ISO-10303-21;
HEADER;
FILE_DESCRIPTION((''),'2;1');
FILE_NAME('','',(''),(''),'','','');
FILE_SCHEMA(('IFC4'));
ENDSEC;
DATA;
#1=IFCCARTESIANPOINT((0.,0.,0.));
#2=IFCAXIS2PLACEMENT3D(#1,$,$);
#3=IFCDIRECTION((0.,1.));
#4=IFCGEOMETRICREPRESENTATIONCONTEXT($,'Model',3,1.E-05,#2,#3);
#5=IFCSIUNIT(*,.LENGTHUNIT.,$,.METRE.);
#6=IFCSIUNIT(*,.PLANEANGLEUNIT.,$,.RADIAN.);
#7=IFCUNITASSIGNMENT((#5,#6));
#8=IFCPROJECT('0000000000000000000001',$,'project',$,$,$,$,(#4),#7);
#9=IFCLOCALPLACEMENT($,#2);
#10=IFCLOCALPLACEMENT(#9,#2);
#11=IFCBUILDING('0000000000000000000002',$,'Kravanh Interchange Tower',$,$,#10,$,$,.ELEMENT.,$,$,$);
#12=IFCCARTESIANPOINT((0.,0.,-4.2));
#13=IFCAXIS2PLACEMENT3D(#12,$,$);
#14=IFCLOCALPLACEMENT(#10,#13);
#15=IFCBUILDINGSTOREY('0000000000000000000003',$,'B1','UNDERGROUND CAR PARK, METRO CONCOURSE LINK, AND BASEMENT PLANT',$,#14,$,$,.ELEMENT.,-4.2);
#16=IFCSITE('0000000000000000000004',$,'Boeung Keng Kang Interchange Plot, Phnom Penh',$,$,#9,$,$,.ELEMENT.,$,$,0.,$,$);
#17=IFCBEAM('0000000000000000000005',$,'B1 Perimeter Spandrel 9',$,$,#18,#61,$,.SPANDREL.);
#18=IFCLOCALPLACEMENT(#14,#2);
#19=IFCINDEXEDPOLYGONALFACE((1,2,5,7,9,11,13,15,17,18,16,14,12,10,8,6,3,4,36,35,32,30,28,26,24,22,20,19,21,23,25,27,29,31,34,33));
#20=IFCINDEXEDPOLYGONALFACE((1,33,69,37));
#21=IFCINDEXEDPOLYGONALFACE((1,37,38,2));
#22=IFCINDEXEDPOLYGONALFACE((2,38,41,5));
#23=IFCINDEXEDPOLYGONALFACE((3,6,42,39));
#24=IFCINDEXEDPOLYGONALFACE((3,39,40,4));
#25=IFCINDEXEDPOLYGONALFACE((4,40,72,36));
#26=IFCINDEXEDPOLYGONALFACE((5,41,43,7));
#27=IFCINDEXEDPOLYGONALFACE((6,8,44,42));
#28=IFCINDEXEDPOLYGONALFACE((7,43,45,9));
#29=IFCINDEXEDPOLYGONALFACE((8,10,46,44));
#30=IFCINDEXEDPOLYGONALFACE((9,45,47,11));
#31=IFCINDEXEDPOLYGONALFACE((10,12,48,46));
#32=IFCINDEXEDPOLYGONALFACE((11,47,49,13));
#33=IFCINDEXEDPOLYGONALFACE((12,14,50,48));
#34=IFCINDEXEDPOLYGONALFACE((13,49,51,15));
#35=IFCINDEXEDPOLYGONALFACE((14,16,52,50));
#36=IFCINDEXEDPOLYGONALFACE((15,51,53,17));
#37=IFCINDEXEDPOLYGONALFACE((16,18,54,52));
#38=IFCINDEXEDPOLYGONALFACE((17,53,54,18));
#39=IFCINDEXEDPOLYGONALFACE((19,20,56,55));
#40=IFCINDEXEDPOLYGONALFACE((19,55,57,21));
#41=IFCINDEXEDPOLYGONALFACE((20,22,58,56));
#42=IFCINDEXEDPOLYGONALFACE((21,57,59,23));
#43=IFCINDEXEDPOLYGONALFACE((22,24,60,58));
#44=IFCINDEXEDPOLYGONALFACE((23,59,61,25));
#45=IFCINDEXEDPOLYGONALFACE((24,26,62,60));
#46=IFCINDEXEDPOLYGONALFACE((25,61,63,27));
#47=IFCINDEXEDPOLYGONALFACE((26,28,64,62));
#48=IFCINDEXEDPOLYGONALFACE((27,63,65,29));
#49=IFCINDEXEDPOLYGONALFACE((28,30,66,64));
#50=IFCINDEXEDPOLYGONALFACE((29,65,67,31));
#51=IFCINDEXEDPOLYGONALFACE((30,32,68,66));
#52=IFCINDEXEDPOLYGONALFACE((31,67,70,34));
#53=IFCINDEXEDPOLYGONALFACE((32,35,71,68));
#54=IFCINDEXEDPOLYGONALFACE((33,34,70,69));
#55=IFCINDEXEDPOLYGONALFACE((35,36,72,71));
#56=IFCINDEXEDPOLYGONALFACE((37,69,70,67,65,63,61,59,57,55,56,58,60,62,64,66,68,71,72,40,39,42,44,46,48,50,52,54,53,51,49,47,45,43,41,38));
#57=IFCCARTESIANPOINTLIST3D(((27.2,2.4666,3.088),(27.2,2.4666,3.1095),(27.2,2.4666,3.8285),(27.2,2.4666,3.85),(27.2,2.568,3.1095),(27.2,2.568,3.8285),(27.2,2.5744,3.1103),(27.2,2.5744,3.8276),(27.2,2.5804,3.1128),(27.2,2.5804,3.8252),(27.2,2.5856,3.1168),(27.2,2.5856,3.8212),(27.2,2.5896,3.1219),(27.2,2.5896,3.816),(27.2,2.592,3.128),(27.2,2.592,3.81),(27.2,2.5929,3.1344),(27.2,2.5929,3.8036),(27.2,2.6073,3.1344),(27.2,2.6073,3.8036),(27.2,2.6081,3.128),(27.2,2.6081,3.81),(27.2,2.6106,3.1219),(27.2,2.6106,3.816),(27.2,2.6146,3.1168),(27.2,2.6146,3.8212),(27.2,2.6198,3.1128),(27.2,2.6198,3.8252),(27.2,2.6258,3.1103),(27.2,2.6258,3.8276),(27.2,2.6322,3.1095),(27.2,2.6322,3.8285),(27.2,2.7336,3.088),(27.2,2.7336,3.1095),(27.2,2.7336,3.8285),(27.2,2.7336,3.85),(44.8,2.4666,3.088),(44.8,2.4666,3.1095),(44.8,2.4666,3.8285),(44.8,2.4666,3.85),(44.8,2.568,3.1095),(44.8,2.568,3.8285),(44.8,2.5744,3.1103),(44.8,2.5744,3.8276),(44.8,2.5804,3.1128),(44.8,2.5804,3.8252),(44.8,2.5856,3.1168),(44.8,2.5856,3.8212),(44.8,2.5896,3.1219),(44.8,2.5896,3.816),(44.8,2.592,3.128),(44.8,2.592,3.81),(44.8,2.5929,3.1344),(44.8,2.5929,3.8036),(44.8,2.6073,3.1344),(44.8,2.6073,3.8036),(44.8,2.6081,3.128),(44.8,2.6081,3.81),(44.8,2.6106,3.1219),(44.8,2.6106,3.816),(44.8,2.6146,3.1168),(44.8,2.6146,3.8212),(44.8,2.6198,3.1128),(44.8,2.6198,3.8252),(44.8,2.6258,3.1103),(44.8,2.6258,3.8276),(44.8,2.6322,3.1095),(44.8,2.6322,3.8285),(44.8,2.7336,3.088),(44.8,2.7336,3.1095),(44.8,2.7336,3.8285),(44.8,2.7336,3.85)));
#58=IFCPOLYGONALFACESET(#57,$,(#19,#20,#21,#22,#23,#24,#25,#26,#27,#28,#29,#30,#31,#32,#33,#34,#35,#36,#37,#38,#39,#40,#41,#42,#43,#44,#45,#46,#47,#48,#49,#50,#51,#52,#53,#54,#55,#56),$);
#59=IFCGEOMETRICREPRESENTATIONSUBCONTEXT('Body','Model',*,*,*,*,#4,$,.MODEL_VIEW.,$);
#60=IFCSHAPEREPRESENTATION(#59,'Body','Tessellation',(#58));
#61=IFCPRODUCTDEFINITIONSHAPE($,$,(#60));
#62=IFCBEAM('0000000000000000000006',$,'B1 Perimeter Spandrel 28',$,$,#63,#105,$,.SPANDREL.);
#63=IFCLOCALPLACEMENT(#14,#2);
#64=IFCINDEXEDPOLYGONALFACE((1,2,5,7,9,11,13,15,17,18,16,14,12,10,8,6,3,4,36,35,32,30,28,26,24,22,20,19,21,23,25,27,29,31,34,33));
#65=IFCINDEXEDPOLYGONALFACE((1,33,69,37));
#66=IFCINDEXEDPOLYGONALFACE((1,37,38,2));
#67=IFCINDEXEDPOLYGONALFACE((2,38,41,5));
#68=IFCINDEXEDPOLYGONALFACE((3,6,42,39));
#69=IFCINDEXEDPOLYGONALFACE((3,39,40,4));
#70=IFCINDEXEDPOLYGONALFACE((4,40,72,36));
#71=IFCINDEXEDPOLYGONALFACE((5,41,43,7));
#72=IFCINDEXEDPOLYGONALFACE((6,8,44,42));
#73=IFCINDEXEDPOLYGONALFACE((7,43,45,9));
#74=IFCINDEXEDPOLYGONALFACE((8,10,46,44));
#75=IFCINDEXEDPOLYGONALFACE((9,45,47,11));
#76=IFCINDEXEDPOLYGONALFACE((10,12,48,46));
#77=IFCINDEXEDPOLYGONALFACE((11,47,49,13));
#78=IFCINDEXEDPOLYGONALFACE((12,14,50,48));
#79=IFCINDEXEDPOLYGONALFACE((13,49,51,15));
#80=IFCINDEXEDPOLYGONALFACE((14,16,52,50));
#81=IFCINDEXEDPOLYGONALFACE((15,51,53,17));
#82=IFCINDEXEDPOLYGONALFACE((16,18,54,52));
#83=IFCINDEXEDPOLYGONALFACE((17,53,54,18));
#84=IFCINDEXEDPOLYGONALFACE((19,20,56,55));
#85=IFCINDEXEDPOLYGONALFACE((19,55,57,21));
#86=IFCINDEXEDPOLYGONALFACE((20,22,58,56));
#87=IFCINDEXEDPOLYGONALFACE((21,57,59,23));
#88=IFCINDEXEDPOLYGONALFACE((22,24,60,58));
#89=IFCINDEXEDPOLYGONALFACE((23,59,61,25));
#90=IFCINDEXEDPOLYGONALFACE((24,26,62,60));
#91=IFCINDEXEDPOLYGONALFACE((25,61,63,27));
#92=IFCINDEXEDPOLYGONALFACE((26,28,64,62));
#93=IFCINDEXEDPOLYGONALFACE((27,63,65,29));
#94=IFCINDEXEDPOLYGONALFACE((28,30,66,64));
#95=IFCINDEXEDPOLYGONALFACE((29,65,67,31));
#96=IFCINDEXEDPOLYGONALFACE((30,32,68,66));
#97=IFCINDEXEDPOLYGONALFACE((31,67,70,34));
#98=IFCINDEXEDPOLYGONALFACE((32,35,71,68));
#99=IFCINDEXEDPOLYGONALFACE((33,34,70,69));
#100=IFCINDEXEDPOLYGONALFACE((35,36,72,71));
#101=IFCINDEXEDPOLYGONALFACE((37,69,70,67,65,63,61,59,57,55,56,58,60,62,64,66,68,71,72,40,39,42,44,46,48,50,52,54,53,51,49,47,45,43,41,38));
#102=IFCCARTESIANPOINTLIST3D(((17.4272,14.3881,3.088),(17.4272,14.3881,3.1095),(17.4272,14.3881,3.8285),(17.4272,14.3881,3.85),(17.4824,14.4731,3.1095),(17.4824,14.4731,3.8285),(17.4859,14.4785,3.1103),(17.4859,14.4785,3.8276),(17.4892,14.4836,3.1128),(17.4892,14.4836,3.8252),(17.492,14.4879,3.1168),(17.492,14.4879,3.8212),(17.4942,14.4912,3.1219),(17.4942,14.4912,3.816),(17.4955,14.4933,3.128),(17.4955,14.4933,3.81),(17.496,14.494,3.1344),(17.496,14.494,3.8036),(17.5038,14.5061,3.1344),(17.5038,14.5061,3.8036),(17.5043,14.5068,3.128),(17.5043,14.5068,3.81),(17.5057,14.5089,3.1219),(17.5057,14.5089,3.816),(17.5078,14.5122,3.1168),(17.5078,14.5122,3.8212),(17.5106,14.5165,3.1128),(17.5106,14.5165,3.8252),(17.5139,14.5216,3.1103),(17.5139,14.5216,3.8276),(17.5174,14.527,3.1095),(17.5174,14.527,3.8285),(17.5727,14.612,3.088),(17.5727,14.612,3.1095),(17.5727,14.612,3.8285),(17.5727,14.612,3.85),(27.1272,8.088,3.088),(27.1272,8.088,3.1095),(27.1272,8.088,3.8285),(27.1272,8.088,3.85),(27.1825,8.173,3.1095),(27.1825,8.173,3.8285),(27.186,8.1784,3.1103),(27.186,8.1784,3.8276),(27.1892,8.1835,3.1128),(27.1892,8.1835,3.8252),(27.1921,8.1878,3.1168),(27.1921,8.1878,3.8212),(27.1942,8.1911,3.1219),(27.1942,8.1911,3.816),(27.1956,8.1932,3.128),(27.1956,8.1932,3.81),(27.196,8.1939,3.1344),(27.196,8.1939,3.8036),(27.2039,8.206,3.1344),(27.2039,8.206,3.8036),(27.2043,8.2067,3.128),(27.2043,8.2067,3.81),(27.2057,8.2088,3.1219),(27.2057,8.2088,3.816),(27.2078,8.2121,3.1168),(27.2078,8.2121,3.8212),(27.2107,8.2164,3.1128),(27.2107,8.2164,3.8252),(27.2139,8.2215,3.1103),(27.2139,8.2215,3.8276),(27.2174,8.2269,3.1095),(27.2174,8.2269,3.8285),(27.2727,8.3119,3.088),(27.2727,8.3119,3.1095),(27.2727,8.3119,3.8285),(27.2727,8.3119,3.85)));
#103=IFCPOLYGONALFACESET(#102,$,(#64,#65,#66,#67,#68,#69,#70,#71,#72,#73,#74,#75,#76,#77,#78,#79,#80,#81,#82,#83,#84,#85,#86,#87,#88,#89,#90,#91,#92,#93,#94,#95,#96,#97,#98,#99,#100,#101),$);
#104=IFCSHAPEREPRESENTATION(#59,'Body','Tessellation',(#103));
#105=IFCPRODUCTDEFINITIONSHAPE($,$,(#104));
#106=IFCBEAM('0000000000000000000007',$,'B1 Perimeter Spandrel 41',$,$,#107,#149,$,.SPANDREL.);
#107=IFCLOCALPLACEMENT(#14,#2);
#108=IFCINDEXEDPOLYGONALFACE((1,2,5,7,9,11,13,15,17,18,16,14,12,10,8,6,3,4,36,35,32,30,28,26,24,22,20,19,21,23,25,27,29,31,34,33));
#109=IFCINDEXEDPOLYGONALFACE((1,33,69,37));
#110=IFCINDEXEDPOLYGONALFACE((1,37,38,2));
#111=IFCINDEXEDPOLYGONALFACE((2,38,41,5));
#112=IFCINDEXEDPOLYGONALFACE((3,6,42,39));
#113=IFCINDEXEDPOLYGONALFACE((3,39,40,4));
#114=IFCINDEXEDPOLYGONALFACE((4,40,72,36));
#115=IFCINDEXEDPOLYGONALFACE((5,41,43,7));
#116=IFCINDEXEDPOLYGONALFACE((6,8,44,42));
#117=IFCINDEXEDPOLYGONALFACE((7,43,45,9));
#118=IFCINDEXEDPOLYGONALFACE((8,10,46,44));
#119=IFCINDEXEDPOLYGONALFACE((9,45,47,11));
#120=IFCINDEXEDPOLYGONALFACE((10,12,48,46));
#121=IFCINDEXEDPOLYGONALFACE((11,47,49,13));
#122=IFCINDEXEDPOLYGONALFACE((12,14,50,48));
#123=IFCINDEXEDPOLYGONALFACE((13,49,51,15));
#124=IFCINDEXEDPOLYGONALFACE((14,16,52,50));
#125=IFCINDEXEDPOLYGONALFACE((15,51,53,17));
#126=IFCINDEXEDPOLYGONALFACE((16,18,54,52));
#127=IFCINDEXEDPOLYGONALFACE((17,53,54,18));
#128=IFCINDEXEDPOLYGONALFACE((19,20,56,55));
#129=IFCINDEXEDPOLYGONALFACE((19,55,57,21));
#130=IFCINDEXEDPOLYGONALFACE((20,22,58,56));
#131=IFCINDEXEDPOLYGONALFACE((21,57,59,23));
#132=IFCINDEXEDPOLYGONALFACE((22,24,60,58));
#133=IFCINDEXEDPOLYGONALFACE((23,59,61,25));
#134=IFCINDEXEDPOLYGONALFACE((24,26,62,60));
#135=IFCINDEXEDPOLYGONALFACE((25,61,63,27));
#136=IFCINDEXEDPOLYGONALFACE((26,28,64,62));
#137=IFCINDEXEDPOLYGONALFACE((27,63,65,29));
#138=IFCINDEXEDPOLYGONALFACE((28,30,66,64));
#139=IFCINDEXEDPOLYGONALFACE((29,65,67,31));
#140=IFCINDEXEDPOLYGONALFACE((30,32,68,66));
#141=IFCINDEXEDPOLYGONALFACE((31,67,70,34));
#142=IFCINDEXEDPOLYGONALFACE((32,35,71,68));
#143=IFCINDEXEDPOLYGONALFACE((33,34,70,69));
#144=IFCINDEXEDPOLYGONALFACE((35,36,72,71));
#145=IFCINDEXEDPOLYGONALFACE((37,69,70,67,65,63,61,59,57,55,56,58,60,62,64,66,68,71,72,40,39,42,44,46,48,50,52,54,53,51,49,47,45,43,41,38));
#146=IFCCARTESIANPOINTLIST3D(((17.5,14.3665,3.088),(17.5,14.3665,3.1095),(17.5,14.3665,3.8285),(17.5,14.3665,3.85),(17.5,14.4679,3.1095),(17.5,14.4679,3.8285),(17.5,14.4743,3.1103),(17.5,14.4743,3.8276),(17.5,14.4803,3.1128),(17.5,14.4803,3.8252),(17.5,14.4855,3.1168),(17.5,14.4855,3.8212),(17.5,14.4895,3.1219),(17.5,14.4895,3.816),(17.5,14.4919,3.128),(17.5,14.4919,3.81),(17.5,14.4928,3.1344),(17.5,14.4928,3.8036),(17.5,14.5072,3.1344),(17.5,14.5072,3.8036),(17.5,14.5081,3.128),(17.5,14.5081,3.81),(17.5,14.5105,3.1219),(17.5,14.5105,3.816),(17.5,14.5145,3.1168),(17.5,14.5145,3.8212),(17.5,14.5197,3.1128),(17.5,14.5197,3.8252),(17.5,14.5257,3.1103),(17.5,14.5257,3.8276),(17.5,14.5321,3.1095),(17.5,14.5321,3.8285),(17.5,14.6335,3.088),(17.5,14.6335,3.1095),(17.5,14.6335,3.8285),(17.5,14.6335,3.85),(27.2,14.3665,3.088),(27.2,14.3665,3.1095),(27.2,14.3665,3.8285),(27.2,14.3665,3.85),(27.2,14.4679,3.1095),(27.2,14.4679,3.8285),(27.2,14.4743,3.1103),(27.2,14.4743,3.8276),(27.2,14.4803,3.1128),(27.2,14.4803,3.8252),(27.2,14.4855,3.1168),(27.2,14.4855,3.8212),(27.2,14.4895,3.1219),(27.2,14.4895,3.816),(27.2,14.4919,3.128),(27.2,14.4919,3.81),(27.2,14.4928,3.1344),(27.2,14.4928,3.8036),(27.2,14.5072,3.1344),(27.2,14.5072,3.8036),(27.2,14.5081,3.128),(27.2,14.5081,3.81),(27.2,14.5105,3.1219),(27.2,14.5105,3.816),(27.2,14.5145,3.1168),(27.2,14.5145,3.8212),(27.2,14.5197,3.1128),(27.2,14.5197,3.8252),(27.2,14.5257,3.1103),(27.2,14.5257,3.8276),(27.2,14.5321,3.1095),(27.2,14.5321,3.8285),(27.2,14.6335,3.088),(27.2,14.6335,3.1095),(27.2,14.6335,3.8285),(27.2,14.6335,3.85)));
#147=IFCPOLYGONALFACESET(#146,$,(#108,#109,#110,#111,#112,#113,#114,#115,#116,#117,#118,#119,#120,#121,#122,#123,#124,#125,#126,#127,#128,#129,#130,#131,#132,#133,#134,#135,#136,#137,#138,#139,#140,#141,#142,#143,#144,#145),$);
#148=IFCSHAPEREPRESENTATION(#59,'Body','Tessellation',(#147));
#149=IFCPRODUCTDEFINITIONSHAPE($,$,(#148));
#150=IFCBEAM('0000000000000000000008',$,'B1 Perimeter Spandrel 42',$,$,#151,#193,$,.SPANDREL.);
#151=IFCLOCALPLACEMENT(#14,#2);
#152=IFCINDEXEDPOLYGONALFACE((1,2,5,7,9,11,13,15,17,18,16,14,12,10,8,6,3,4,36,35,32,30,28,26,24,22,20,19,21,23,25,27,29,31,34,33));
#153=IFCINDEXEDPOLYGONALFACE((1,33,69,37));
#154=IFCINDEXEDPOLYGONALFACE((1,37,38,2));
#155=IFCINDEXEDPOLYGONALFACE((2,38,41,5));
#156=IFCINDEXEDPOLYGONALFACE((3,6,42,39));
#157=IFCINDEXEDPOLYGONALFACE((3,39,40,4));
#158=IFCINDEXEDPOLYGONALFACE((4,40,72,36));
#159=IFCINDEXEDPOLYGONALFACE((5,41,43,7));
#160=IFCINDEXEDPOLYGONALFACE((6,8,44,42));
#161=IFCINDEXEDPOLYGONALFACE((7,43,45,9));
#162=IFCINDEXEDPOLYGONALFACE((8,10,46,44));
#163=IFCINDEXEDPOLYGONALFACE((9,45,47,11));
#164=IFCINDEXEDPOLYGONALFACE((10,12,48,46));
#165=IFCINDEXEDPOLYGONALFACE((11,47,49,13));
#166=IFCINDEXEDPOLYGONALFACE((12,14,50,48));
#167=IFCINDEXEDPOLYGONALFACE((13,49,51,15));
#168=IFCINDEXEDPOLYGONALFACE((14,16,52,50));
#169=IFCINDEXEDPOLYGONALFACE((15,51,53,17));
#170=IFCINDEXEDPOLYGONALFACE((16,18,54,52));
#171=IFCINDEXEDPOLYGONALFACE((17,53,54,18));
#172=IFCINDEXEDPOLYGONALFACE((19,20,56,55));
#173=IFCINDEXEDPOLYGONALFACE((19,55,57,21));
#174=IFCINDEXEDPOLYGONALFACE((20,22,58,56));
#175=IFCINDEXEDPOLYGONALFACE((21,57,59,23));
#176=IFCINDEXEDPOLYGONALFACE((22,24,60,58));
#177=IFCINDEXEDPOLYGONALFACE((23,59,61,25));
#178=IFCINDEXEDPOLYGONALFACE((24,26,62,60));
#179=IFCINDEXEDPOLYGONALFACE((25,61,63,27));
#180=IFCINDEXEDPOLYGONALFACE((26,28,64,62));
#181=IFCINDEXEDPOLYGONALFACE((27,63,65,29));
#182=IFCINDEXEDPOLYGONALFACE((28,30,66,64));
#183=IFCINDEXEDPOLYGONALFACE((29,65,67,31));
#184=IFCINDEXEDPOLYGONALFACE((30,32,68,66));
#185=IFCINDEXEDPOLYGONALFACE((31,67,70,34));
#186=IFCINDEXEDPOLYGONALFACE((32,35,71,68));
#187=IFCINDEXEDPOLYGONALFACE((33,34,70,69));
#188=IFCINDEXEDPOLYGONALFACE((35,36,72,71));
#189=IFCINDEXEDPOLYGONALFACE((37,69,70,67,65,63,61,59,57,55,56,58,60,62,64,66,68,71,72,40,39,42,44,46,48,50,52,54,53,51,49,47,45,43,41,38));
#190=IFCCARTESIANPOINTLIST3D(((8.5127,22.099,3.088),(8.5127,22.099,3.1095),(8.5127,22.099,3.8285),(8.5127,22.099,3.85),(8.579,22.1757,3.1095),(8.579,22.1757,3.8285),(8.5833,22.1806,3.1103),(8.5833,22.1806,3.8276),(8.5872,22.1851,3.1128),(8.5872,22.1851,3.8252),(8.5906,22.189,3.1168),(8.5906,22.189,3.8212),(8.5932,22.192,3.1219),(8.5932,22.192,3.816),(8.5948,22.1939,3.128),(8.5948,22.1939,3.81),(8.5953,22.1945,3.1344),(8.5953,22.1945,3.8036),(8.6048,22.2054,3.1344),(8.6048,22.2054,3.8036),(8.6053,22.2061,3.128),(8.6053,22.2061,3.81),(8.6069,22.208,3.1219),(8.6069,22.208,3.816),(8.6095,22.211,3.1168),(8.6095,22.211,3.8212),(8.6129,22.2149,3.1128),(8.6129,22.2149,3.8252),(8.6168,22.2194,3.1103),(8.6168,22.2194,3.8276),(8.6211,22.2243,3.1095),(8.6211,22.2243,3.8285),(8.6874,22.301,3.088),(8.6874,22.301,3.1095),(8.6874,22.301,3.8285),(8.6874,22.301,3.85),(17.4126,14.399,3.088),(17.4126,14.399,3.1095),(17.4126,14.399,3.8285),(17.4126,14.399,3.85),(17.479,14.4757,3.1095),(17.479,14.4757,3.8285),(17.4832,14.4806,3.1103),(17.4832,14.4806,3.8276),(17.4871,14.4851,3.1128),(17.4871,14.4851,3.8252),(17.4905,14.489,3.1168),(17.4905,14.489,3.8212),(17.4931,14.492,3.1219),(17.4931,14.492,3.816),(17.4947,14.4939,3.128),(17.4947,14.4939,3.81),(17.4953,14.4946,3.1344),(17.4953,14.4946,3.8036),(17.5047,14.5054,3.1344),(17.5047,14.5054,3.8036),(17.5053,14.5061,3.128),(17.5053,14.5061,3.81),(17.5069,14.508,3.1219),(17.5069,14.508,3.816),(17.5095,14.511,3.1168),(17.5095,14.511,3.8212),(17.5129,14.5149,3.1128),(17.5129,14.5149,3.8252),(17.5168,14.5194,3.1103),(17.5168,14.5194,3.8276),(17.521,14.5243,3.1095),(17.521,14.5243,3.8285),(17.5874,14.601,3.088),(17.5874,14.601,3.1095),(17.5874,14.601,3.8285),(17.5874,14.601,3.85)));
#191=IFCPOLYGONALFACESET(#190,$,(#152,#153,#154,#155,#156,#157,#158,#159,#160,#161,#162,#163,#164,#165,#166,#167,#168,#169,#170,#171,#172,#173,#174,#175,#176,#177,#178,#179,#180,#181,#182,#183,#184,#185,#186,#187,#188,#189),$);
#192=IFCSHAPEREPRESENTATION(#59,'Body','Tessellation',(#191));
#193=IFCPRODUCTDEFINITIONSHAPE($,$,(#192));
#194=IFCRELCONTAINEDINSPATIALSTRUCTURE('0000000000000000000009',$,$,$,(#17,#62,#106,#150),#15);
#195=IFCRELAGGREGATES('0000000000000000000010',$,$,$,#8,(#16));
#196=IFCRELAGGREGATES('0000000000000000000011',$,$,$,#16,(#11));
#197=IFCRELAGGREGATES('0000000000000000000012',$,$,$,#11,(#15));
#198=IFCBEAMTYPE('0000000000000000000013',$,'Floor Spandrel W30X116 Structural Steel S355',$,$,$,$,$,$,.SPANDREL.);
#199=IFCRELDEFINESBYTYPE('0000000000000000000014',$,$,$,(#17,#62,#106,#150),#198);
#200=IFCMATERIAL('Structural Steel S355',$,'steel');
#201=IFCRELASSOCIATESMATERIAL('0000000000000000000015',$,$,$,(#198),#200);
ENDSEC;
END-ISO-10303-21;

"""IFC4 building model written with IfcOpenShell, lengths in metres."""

from ifc_helpers import new_model, si_unit, direction, frame, origin, origin_2d, place, context, subcontext, project, spatial, i_section, extrude, material, material_profile, profile_set, type_object, element, save


model = new_model("IFC4")

# Units and contexts
model_context = context("Model", 3, precision=1e-05, world=origin(), true_north=direction((0.0, 1.0)))
body_context = subcontext(model_context, "Body", "Model", "MODEL_VIEW")
ifc_project = project(units=[si_unit("LENGTHUNIT", "METRE"), si_unit("PLANEANGLEUNIT", "RADIAN")], contexts=[model_context])

# Site, building, storey
site_placement = place(None, origin())
site = spatial("IfcSite", under=ifc_project, at=site_placement, Name="Boeung Keng Kang Interchange Plot, Phnom Penh", CompositionType="ELEMENT", RefElevation=0.0)
building_placement = place(site_placement, origin())
building = spatial("IfcBuilding", under=site, at=building_placement, Name="Kravanh Interchange Tower", CompositionType="ELEMENT")
storey_placement = place(building_placement, frame((0.0, 0.0, -4.2)))
storey = spatial("IfcBuildingStorey", under=building, at=storey_placement, Name="B1", Description="UNDERGROUND CAR PARK, METRO CONCOURSE LINK, AND BASEMENT PLANT", CompositionType="ELEMENT", Elevation=-4.2)

# Beams
ifc_material_1 = material(Name="Structural Steel S355", Category="steel")
ifc_material_profile_1 = material_profile(ifc_material_1, i_section(OverallWidth=0.2671, OverallDepth=0.762, WebThickness=0.0144, FlangeThickness=0.0215, FilletRadius=0.0249, at=origin_2d()), Name="W30X116")
ifc_profile_set_1 = profile_set([ifc_material_profile_1], Name="Structural Steel S355")
beam_type_1 = type_object("IfcBeamType", Name="Floor Spandrel W30X116 Structural Steel S355", PredefinedType="SPANDREL", material=ifc_profile_set_1)
beam_1_placement = place(storey_placement, frame((27.2, 2.6001, 3.469), z_axis=(1.0, 0.0, 0.0), x_axis=(0.0, 1.0, 0.0)))
element("IfcBeam", 1, at=beam_1_placement, inside=storey, type_object=beam_type_1, Name="B1 Perimeter Spandrel 9", PredefinedType="SPANDREL", context=body_context, shape_type="SweptSolid", body=[
    extrude(i_section(OverallWidth=0.2671, OverallDepth=0.762, WebThickness=0.0144, FlangeThickness=0.0215, FilletRadius=0.0249, at=origin_2d()), origin(), (0.0, 0.0, 1.0), 17.6001),
])
beam_2_placement = place(storey_placement, frame((27.2, 8.2, 3.469), z_axis=(-0.838638, 0.544689, 0.0), x_axis=(-0.544689, -0.838638, 0.0)))
element("IfcBeam", 2, at=beam_2_placement, inside=storey, type_object=beam_type_1, Name="B1 Perimeter Spandrel 28", PredefinedType="SPANDREL", context=body_context, shape_type="SweptSolid", body=[
    extrude(i_section(OverallWidth=0.2671, OverallDepth=0.762, WebThickness=0.0144, FlangeThickness=0.0215, FilletRadius=0.0249, at=origin_2d()), origin(), (0.0, 0.0, 1.0), 11.5664),
])
beam_3_placement = place(storey_placement, frame((17.5, 14.5, 3.469), z_axis=(1.0, 0.0, 0.0), x_axis=(0.0, 1.0, 0.0)))
element("IfcBeam", 3, at=beam_3_placement, inside=storey, type_object=beam_type_1, Name="B1 Perimeter Spandrel 41", PredefinedType="SPANDREL", context=body_context, shape_type="SweptSolid", body=[
    extrude(i_section(OverallWidth=0.2671, OverallDepth=0.762, WebThickness=0.0144, FlangeThickness=0.0215, FilletRadius=0.0249, at=origin_2d()), origin(), (0.0, 0.0, 1.0), 9.7),
])
beam_4_placement = place(storey_placement, frame((17.5, 14.5, 3.469), z_axis=(-0.756248, 0.654285, 0.0), x_axis=(-0.654285, -0.756248, 0.0)))
element("IfcBeam", 4, at=beam_4_placement, inside=storey, type_object=beam_type_1, Name="B1 Perimeter Spandrel 42", PredefinedType="SPANDREL", context=body_context, shape_type="SweptSolid", body=[
    extrude(i_section(OverallWidth=0.2671, OverallDepth=0.762, WebThickness=0.0144, FlangeThickness=0.0215, FilletRadius=0.0249, at=origin_2d()), origin(), (0.0, 0.0, 1.0), 11.7686),
])

save(model, "model.ifc")
